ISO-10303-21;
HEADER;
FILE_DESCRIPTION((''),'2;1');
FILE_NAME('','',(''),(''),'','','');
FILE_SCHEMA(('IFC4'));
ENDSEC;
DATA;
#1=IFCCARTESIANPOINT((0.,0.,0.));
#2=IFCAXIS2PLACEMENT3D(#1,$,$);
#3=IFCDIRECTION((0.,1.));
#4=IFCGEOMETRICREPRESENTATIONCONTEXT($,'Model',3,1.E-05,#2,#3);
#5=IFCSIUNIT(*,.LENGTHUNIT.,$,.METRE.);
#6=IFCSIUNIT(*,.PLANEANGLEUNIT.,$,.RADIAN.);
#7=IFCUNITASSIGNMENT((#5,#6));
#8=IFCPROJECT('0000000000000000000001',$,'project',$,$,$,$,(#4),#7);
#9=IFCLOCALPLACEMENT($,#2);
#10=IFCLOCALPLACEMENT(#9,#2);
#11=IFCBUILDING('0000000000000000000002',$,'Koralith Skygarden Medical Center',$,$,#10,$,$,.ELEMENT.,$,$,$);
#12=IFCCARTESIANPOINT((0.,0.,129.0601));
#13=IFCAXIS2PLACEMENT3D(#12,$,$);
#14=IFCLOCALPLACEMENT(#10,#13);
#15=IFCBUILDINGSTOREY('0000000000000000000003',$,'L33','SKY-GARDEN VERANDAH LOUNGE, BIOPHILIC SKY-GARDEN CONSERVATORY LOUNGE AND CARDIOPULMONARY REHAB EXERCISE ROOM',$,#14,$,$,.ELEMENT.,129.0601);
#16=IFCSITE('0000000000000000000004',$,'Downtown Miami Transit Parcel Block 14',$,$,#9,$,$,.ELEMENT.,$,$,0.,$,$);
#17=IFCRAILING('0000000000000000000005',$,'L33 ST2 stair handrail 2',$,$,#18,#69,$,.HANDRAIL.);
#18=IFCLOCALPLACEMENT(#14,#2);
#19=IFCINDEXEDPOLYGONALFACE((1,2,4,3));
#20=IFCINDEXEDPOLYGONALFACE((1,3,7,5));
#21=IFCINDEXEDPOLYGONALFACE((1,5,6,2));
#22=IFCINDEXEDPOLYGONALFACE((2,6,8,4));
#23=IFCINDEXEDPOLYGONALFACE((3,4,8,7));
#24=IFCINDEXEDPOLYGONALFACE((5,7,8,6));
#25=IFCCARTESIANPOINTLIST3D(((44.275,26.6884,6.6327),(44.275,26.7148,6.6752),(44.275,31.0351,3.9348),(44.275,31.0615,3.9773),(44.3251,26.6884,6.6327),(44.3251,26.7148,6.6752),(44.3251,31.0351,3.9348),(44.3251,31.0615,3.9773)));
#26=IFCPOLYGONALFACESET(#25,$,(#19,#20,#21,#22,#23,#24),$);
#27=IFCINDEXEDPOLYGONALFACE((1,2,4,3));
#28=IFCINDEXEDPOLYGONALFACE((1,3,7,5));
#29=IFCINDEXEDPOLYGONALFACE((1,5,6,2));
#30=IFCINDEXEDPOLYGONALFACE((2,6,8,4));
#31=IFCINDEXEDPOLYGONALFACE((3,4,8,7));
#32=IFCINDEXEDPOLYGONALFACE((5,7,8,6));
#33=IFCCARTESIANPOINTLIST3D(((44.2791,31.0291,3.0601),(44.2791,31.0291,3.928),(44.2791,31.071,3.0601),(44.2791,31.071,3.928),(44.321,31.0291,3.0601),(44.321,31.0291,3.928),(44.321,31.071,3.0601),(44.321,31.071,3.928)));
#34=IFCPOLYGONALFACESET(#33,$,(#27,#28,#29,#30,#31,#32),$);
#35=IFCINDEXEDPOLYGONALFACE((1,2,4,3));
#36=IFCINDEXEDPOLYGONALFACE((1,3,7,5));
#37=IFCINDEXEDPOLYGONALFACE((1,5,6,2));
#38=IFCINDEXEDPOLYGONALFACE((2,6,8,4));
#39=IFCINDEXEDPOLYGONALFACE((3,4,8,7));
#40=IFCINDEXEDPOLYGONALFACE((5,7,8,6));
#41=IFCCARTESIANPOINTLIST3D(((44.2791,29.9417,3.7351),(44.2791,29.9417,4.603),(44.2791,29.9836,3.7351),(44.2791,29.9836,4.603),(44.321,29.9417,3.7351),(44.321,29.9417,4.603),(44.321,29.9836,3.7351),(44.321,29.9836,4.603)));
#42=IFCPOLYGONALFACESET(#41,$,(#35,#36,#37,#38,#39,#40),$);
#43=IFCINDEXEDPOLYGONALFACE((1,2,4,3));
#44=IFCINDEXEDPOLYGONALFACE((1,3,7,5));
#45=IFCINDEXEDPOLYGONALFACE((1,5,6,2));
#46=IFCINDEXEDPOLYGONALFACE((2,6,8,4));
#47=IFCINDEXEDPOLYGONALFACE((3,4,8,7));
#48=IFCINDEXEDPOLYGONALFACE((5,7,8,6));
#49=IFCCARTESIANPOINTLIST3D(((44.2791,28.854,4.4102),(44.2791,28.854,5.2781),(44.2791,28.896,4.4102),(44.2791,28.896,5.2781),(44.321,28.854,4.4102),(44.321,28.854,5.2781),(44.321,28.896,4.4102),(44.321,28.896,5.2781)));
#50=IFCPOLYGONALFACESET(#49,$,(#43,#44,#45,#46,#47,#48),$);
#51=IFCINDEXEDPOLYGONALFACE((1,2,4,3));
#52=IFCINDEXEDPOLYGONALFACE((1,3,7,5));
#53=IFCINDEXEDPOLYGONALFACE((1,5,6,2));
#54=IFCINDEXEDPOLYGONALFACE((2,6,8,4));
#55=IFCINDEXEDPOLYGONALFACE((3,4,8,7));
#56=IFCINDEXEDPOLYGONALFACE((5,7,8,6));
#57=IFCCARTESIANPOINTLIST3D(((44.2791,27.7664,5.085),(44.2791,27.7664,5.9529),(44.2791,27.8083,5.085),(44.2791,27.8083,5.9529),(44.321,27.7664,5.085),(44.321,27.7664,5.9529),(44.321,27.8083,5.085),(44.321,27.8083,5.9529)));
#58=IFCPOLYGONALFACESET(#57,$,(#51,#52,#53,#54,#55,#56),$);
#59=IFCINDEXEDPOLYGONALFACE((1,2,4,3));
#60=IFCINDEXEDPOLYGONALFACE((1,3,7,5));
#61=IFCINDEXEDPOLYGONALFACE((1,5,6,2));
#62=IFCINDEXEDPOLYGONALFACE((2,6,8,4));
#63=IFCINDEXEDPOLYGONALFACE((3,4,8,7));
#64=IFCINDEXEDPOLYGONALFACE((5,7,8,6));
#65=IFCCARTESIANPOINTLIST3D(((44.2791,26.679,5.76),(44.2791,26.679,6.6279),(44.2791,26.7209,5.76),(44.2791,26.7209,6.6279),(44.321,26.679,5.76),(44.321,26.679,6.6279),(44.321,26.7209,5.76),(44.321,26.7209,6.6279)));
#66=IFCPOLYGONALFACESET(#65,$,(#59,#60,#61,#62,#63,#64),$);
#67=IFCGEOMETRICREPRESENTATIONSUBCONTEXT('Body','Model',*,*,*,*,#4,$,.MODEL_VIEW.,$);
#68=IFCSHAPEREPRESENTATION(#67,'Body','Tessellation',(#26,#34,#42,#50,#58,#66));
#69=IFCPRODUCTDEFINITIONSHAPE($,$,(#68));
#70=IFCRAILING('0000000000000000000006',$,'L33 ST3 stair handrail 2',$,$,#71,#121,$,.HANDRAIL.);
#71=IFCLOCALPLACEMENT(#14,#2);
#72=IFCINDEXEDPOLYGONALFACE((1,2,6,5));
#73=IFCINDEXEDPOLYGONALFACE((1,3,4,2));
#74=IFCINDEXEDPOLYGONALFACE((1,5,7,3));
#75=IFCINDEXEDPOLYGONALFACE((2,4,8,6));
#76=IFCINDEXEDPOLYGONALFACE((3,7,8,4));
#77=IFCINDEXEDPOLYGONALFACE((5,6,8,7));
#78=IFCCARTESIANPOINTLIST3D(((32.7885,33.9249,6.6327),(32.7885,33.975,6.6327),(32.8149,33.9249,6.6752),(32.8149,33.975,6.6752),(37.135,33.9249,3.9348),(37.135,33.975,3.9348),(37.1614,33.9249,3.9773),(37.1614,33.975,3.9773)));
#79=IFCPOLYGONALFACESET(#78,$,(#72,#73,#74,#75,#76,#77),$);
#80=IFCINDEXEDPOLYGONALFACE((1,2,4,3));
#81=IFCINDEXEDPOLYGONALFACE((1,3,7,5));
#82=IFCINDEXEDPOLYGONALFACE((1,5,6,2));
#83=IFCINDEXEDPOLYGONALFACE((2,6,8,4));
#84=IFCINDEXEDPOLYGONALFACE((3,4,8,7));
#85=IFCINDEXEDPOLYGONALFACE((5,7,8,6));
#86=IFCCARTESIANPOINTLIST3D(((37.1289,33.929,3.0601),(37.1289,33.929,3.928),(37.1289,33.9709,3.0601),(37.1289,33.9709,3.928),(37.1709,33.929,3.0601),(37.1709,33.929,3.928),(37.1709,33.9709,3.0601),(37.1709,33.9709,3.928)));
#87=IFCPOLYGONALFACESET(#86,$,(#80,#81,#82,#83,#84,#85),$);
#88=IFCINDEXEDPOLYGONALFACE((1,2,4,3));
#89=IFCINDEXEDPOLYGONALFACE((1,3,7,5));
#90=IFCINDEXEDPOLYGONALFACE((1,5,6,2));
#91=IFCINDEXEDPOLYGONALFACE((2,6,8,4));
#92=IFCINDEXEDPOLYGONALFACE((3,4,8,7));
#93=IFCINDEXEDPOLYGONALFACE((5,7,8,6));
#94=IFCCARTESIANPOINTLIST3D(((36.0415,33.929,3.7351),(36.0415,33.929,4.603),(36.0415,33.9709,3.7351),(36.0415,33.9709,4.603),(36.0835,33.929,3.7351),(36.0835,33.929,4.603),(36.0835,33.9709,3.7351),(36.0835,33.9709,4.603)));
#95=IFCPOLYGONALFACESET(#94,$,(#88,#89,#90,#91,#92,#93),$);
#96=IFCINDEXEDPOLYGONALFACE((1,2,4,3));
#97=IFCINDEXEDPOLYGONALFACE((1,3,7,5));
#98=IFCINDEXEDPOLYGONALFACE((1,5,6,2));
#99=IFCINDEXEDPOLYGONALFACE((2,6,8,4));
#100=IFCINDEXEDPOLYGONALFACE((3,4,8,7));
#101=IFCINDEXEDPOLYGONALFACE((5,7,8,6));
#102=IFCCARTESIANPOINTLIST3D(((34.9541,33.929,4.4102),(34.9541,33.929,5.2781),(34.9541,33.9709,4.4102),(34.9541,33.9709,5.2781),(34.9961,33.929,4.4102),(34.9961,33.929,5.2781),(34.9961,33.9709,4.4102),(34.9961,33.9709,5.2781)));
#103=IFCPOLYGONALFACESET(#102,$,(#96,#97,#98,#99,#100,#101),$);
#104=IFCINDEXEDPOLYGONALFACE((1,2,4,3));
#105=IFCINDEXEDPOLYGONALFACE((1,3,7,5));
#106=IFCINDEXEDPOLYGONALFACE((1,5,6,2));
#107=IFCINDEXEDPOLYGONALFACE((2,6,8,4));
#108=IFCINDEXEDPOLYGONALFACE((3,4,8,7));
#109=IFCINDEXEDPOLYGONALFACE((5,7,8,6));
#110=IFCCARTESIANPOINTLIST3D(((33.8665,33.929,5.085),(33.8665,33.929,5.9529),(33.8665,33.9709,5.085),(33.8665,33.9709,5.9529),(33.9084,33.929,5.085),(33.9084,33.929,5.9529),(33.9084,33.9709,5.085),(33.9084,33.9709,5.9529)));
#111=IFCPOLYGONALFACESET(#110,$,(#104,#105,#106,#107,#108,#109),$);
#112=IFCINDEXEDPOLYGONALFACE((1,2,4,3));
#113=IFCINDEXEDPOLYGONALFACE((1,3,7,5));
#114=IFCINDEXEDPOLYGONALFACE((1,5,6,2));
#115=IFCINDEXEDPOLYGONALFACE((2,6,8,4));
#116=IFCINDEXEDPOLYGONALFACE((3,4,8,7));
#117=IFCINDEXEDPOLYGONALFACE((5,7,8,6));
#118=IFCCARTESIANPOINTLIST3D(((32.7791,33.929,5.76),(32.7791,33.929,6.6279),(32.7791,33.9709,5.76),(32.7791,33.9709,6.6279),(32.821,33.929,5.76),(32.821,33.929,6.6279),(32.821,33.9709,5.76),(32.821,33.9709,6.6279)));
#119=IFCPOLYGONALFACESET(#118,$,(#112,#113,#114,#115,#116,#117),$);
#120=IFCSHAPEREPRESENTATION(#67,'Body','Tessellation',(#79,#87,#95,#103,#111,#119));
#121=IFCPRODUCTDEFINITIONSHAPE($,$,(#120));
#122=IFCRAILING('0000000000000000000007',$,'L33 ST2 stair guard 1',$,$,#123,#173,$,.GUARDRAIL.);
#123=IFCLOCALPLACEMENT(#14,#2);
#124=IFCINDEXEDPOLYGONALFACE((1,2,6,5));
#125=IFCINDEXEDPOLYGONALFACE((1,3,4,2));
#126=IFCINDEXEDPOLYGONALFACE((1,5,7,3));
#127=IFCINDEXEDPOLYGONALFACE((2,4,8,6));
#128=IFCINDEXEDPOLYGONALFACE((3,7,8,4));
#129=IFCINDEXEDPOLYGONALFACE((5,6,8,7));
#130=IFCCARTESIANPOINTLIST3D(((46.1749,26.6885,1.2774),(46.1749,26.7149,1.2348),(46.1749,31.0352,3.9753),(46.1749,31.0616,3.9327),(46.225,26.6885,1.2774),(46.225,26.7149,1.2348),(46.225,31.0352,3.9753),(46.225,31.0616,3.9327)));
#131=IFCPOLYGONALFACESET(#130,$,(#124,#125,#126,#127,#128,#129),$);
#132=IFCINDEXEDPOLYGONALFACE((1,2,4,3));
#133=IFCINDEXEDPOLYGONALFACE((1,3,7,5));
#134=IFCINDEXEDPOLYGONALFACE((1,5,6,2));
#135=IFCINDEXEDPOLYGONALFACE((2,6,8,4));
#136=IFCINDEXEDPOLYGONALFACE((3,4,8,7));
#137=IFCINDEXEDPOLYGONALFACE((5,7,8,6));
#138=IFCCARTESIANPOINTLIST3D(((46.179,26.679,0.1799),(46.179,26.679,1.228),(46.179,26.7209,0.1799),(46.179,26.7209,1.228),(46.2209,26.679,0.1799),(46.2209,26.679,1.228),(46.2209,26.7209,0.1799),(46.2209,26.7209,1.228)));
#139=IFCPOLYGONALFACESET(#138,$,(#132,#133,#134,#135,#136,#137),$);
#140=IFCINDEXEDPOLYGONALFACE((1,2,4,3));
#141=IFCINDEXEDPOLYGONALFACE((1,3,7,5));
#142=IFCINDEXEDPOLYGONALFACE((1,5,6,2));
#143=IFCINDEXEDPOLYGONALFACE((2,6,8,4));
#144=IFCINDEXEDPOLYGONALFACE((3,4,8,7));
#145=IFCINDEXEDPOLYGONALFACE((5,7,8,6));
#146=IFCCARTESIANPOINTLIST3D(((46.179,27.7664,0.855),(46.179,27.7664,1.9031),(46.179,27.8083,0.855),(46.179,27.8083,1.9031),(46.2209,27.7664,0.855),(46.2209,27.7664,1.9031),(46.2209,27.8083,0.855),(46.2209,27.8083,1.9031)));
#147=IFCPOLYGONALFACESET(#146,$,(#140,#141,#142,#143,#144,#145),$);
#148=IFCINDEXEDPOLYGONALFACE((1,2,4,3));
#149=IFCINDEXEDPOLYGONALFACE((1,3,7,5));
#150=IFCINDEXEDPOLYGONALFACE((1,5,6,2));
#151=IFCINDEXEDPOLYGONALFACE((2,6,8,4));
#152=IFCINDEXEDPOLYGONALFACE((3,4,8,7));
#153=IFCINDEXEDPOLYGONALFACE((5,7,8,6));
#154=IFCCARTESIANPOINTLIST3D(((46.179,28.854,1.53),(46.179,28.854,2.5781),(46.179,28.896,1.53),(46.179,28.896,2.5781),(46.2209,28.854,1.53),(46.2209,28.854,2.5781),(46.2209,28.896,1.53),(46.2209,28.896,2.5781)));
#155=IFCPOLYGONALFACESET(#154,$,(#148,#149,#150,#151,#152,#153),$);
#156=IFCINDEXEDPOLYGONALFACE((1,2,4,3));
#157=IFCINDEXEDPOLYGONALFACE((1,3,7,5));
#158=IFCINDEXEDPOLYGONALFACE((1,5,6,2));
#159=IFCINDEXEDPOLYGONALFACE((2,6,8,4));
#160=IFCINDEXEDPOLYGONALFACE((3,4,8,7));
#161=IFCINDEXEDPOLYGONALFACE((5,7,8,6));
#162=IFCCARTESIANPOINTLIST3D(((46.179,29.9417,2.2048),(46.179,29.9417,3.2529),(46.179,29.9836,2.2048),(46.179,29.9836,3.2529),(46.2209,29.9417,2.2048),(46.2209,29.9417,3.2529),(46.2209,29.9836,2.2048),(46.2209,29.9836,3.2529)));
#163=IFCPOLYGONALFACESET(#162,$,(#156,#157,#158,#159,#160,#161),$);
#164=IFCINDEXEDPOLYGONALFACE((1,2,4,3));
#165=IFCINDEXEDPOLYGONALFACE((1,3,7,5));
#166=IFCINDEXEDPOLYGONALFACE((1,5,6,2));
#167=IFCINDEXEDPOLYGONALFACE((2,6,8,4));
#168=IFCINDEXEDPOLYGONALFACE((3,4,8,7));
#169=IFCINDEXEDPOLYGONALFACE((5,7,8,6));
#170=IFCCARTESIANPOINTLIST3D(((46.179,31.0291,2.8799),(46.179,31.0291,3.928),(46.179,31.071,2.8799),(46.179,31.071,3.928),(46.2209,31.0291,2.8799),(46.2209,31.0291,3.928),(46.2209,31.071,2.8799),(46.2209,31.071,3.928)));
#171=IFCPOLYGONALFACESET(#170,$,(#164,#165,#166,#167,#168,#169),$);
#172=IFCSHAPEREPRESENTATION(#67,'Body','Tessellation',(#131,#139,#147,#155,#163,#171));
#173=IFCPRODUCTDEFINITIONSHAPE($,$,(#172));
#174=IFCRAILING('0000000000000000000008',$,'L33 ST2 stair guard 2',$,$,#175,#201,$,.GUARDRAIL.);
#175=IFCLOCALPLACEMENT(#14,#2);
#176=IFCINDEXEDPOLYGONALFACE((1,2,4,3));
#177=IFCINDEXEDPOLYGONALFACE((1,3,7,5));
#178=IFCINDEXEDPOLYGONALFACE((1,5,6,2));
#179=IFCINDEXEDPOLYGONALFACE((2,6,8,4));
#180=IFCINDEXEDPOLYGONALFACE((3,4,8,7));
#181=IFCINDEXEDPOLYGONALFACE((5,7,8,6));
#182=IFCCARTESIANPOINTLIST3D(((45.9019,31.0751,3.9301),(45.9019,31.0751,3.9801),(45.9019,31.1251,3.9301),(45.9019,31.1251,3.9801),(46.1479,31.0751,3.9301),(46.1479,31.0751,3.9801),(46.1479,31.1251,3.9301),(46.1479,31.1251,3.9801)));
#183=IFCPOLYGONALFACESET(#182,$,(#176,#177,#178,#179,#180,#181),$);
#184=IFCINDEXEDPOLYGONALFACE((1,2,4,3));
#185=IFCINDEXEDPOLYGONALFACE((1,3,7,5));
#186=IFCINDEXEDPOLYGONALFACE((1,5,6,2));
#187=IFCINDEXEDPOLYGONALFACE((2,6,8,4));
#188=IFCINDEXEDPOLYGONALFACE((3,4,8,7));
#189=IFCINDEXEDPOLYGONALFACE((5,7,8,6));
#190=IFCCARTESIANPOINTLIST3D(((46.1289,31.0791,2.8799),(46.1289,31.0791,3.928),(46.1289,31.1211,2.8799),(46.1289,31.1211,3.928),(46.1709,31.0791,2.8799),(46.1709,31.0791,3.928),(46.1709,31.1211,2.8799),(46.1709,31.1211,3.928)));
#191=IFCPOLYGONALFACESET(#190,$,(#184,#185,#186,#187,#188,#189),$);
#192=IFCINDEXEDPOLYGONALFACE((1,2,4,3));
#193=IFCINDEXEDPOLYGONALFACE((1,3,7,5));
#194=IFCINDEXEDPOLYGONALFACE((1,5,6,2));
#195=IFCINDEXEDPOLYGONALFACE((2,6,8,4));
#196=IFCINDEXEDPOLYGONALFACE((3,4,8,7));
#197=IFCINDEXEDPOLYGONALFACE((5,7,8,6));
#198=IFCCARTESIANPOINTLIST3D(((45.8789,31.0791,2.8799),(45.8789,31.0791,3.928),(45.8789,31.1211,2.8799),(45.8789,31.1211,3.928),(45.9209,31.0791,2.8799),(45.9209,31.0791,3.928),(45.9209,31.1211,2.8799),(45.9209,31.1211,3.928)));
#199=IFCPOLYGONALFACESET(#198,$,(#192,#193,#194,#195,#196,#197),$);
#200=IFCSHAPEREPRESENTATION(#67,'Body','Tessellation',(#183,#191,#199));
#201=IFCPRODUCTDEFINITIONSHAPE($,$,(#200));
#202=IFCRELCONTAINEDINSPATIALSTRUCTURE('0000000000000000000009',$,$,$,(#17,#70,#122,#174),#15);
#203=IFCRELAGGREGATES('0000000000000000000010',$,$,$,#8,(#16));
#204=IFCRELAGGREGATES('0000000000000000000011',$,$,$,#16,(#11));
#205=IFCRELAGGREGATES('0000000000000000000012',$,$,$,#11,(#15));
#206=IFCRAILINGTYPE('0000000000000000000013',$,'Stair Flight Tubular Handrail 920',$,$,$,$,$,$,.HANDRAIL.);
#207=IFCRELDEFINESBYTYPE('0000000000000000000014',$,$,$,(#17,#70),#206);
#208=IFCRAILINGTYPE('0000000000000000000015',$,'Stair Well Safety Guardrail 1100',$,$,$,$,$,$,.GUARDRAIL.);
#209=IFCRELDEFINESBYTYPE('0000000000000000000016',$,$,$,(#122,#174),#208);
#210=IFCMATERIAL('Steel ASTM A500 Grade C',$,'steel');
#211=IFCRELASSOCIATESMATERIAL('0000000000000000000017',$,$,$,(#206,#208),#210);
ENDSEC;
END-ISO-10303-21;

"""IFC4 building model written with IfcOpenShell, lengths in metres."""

from ifc_helpers import new_model, si_unit, direction, frame, origin, origin_2d, place, context, subcontext, project, spatial, rectangle, extrude, material, type_object, element, save


model = new_model("IFC4")

# Units and contexts
model_context = context("Model", 3, precision=1e-05, world=origin(), true_north=direction((0.0, 1.0)))
body_context = subcontext(model_context, "Body", "Model", "MODEL_VIEW")
ifc_project = project(units=[si_unit("LENGTHUNIT", "METRE"), si_unit("PLANEANGLEUNIT", "RADIAN")], contexts=[model_context])

# Site, building, storey
site_placement = place(None, origin())
site = spatial("IfcSite", under=ifc_project, at=site_placement, Name="Downtown Miami Transit Parcel Block 14", CompositionType="ELEMENT", RefElevation=0.0)
building_placement = place(site_placement, origin())
building = spatial("IfcBuilding", under=site, at=building_placement, Name="Koralith Skygarden Medical Center", CompositionType="ELEMENT")
storey_placement = place(building_placement, frame((0.0, 0.0, 129.0601)))
storey = spatial("IfcBuildingStorey", under=building, at=storey_placement, Name="L33", Description="SKY-GARDEN VERANDAH LOUNGE, BIOPHILIC SKY-GARDEN CONSERVATORY LOUNGE AND CARDIOPULMONARY REHAB EXERCISE ROOM", CompositionType="ELEMENT", Elevation=129.0601)

# Shared definitions
ifc_material_1 = material(Name="Steel ASTM A500 Grade C", Category="steel")

# Railings
railing_type_1 = type_object("IfcRailingType", Name="Stair Flight Tubular Handrail 920", PredefinedType="HANDRAIL", material=ifc_material_1)
railing_1_placement = place(storey_placement, frame((44.3, 31.05, 3.0601)))
element("IfcRailing", 1, at=railing_1_placement, inside=storey, type_object=railing_type_1, Name="L33 ST2 stair handrail 2", PredefinedType="HANDRAIL", context=body_context, shape_type="SweptSolid", body=[
    extrude(rectangle(XDim=0.05, YDim=0.05, at=origin_2d()), frame((0.0, -0.0017, 0.896), z_axis=(0.0, -0.84965, 0.527347), x_axis=(1.0, 0.0, 0.0)), (0.0, 0.0, 1.0), 5.116),
    extrude(rectangle(XDim=0.042, YDim=0.042, at=origin_2d()), origin(), (0.0, 0.0, 1.0), 0.8679),
    extrude(rectangle(XDim=0.042, YDim=0.042, at=origin_2d()), frame((0.0, -1.0874, 0.675)), (0.0, 0.0, 1.0), 0.8679),
    extrude(rectangle(XDim=0.042, YDim=0.042, at=origin_2d()), frame((0.0, -2.175, 1.3501)), (0.0, 0.0, 1.0), 0.8679),
    extrude(rectangle(XDim=0.042, YDim=0.042, at=origin_2d()), frame((0.0, -3.2627, 2.0249)), (0.0, 0.0, 1.0), 0.8679),
    extrude(rectangle(XDim=0.042, YDim=0.042, at=origin_2d()), frame((0.0, -4.3501, 2.7)), (0.0, 0.0, 1.0), 0.8679),
])
railing_2_placement = place(storey_placement, frame((37.1499, 33.95, 3.0601)))
element("IfcRailing", 2, at=railing_2_placement, inside=storey, type_object=railing_type_1, Name="L33 ST3 stair handrail 2", PredefinedType="HANDRAIL", context=body_context, shape_type="SweptSolid", body=[
    extrude(rectangle(XDim=0.05, YDim=0.05, at=origin_2d()), frame((-0.0017, 0.0, 0.896), z_axis=(-0.849636, 0.0, 0.527369), x_axis=(0.0, -1.0, 0.0)), (0.0, 0.0, 1.0), 5.1157),
    extrude(rectangle(XDim=0.042, YDim=0.042, at=origin_2d()), origin(), (0.0, 0.0, 1.0), 0.8679),
    extrude(rectangle(XDim=0.042, YDim=0.042, at=origin_2d()), frame((-1.0874, 0.0, 0.675)), (0.0, 0.0, 1.0), 0.8679),
    extrude(rectangle(XDim=0.042, YDim=0.042, at=origin_2d()), frame((-2.1748, 0.0, 1.3501)), (0.0, 0.0, 1.0), 0.8679),
    extrude(rectangle(XDim=0.042, YDim=0.042, at=origin_2d()), frame((-3.2625, 0.0, 2.0249)), (0.0, 0.0, 1.0), 0.8679),
    extrude(rectangle(XDim=0.042, YDim=0.042, at=origin_2d()), frame((-4.3499, 0.0, 2.7)), (0.0, 0.0, 1.0), 0.8679),
])
railing_type_2 = type_object("IfcRailingType", Name="Stair Well Safety Guardrail 1100", PredefinedType="GUARDRAIL", material=ifc_material_1)
railing_3_placement = place(storey_placement, frame((46.2, 26.7, 0.1799)))
element("IfcRailing", 3, at=railing_3_placement, inside=storey, type_object=railing_type_2, Name="L33 ST2 stair guard 1", PredefinedType="GUARDRAIL", context=body_context, shape_type="SweptSolid", body=[
    extrude(rectangle(XDim=0.05, YDim=0.05, at=origin_2d()), frame((0.0, 0.0017, 1.0762), z_axis=(0.0, 0.84965, 0.527347), x_axis=(-1.0, 0.0, 0.0)), (0.0, 0.0, 1.0), 5.116),
    extrude(rectangle(XDim=0.042, YDim=0.042, at=origin_2d()), origin(), (0.0, 0.0, 1.0), 1.0481),
    extrude(rectangle(XDim=0.042, YDim=0.042, at=origin_2d()), frame((0.0, 1.0874, 0.675)), (0.0, 0.0, 1.0), 1.0481),
    extrude(rectangle(XDim=0.042, YDim=0.042, at=origin_2d()), frame((0.0, 2.175, 1.3501)), (0.0, 0.0, 1.0), 1.0481),
    extrude(rectangle(XDim=0.042, YDim=0.042, at=origin_2d()), frame((0.0, 3.2627, 2.0249)), (0.0, 0.0, 1.0), 1.0481),
    extrude(rectangle(XDim=0.042, YDim=0.042, at=origin_2d()), frame((0.0, 4.3501, 2.7)), (0.0, 0.0, 1.0), 1.0481),
])
railing_4_placement = place(storey_placement, frame((46.1499, 31.1001, 2.8799)))
element("IfcRailing", 4, at=railing_4_placement, inside=storey, type_object=railing_type_2, Name="L33 ST2 stair guard 2", PredefinedType="GUARDRAIL", context=body_context, shape_type="SweptSolid", body=[
    extrude(rectangle(XDim=0.05, YDim=0.05, at=origin_2d()), frame((-0.002, 0.0, 1.0752), z_axis=(-1.0, 0.0, 0.0), x_axis=(0.0, -1.0, 0.0)), (0.0, 0.0, 1.0), 0.2461),
    extrude(rectangle(XDim=0.042, YDim=0.042, at=origin_2d()), origin(), (0.0, 0.0, 1.0), 1.0481),
    extrude(rectangle(XDim=0.042, YDim=0.042, at=origin_2d()), frame((-0.25, 0.0, 0.0)), (0.0, 0.0, 1.0), 1.0481),
])

save(model, "model.ifc")
